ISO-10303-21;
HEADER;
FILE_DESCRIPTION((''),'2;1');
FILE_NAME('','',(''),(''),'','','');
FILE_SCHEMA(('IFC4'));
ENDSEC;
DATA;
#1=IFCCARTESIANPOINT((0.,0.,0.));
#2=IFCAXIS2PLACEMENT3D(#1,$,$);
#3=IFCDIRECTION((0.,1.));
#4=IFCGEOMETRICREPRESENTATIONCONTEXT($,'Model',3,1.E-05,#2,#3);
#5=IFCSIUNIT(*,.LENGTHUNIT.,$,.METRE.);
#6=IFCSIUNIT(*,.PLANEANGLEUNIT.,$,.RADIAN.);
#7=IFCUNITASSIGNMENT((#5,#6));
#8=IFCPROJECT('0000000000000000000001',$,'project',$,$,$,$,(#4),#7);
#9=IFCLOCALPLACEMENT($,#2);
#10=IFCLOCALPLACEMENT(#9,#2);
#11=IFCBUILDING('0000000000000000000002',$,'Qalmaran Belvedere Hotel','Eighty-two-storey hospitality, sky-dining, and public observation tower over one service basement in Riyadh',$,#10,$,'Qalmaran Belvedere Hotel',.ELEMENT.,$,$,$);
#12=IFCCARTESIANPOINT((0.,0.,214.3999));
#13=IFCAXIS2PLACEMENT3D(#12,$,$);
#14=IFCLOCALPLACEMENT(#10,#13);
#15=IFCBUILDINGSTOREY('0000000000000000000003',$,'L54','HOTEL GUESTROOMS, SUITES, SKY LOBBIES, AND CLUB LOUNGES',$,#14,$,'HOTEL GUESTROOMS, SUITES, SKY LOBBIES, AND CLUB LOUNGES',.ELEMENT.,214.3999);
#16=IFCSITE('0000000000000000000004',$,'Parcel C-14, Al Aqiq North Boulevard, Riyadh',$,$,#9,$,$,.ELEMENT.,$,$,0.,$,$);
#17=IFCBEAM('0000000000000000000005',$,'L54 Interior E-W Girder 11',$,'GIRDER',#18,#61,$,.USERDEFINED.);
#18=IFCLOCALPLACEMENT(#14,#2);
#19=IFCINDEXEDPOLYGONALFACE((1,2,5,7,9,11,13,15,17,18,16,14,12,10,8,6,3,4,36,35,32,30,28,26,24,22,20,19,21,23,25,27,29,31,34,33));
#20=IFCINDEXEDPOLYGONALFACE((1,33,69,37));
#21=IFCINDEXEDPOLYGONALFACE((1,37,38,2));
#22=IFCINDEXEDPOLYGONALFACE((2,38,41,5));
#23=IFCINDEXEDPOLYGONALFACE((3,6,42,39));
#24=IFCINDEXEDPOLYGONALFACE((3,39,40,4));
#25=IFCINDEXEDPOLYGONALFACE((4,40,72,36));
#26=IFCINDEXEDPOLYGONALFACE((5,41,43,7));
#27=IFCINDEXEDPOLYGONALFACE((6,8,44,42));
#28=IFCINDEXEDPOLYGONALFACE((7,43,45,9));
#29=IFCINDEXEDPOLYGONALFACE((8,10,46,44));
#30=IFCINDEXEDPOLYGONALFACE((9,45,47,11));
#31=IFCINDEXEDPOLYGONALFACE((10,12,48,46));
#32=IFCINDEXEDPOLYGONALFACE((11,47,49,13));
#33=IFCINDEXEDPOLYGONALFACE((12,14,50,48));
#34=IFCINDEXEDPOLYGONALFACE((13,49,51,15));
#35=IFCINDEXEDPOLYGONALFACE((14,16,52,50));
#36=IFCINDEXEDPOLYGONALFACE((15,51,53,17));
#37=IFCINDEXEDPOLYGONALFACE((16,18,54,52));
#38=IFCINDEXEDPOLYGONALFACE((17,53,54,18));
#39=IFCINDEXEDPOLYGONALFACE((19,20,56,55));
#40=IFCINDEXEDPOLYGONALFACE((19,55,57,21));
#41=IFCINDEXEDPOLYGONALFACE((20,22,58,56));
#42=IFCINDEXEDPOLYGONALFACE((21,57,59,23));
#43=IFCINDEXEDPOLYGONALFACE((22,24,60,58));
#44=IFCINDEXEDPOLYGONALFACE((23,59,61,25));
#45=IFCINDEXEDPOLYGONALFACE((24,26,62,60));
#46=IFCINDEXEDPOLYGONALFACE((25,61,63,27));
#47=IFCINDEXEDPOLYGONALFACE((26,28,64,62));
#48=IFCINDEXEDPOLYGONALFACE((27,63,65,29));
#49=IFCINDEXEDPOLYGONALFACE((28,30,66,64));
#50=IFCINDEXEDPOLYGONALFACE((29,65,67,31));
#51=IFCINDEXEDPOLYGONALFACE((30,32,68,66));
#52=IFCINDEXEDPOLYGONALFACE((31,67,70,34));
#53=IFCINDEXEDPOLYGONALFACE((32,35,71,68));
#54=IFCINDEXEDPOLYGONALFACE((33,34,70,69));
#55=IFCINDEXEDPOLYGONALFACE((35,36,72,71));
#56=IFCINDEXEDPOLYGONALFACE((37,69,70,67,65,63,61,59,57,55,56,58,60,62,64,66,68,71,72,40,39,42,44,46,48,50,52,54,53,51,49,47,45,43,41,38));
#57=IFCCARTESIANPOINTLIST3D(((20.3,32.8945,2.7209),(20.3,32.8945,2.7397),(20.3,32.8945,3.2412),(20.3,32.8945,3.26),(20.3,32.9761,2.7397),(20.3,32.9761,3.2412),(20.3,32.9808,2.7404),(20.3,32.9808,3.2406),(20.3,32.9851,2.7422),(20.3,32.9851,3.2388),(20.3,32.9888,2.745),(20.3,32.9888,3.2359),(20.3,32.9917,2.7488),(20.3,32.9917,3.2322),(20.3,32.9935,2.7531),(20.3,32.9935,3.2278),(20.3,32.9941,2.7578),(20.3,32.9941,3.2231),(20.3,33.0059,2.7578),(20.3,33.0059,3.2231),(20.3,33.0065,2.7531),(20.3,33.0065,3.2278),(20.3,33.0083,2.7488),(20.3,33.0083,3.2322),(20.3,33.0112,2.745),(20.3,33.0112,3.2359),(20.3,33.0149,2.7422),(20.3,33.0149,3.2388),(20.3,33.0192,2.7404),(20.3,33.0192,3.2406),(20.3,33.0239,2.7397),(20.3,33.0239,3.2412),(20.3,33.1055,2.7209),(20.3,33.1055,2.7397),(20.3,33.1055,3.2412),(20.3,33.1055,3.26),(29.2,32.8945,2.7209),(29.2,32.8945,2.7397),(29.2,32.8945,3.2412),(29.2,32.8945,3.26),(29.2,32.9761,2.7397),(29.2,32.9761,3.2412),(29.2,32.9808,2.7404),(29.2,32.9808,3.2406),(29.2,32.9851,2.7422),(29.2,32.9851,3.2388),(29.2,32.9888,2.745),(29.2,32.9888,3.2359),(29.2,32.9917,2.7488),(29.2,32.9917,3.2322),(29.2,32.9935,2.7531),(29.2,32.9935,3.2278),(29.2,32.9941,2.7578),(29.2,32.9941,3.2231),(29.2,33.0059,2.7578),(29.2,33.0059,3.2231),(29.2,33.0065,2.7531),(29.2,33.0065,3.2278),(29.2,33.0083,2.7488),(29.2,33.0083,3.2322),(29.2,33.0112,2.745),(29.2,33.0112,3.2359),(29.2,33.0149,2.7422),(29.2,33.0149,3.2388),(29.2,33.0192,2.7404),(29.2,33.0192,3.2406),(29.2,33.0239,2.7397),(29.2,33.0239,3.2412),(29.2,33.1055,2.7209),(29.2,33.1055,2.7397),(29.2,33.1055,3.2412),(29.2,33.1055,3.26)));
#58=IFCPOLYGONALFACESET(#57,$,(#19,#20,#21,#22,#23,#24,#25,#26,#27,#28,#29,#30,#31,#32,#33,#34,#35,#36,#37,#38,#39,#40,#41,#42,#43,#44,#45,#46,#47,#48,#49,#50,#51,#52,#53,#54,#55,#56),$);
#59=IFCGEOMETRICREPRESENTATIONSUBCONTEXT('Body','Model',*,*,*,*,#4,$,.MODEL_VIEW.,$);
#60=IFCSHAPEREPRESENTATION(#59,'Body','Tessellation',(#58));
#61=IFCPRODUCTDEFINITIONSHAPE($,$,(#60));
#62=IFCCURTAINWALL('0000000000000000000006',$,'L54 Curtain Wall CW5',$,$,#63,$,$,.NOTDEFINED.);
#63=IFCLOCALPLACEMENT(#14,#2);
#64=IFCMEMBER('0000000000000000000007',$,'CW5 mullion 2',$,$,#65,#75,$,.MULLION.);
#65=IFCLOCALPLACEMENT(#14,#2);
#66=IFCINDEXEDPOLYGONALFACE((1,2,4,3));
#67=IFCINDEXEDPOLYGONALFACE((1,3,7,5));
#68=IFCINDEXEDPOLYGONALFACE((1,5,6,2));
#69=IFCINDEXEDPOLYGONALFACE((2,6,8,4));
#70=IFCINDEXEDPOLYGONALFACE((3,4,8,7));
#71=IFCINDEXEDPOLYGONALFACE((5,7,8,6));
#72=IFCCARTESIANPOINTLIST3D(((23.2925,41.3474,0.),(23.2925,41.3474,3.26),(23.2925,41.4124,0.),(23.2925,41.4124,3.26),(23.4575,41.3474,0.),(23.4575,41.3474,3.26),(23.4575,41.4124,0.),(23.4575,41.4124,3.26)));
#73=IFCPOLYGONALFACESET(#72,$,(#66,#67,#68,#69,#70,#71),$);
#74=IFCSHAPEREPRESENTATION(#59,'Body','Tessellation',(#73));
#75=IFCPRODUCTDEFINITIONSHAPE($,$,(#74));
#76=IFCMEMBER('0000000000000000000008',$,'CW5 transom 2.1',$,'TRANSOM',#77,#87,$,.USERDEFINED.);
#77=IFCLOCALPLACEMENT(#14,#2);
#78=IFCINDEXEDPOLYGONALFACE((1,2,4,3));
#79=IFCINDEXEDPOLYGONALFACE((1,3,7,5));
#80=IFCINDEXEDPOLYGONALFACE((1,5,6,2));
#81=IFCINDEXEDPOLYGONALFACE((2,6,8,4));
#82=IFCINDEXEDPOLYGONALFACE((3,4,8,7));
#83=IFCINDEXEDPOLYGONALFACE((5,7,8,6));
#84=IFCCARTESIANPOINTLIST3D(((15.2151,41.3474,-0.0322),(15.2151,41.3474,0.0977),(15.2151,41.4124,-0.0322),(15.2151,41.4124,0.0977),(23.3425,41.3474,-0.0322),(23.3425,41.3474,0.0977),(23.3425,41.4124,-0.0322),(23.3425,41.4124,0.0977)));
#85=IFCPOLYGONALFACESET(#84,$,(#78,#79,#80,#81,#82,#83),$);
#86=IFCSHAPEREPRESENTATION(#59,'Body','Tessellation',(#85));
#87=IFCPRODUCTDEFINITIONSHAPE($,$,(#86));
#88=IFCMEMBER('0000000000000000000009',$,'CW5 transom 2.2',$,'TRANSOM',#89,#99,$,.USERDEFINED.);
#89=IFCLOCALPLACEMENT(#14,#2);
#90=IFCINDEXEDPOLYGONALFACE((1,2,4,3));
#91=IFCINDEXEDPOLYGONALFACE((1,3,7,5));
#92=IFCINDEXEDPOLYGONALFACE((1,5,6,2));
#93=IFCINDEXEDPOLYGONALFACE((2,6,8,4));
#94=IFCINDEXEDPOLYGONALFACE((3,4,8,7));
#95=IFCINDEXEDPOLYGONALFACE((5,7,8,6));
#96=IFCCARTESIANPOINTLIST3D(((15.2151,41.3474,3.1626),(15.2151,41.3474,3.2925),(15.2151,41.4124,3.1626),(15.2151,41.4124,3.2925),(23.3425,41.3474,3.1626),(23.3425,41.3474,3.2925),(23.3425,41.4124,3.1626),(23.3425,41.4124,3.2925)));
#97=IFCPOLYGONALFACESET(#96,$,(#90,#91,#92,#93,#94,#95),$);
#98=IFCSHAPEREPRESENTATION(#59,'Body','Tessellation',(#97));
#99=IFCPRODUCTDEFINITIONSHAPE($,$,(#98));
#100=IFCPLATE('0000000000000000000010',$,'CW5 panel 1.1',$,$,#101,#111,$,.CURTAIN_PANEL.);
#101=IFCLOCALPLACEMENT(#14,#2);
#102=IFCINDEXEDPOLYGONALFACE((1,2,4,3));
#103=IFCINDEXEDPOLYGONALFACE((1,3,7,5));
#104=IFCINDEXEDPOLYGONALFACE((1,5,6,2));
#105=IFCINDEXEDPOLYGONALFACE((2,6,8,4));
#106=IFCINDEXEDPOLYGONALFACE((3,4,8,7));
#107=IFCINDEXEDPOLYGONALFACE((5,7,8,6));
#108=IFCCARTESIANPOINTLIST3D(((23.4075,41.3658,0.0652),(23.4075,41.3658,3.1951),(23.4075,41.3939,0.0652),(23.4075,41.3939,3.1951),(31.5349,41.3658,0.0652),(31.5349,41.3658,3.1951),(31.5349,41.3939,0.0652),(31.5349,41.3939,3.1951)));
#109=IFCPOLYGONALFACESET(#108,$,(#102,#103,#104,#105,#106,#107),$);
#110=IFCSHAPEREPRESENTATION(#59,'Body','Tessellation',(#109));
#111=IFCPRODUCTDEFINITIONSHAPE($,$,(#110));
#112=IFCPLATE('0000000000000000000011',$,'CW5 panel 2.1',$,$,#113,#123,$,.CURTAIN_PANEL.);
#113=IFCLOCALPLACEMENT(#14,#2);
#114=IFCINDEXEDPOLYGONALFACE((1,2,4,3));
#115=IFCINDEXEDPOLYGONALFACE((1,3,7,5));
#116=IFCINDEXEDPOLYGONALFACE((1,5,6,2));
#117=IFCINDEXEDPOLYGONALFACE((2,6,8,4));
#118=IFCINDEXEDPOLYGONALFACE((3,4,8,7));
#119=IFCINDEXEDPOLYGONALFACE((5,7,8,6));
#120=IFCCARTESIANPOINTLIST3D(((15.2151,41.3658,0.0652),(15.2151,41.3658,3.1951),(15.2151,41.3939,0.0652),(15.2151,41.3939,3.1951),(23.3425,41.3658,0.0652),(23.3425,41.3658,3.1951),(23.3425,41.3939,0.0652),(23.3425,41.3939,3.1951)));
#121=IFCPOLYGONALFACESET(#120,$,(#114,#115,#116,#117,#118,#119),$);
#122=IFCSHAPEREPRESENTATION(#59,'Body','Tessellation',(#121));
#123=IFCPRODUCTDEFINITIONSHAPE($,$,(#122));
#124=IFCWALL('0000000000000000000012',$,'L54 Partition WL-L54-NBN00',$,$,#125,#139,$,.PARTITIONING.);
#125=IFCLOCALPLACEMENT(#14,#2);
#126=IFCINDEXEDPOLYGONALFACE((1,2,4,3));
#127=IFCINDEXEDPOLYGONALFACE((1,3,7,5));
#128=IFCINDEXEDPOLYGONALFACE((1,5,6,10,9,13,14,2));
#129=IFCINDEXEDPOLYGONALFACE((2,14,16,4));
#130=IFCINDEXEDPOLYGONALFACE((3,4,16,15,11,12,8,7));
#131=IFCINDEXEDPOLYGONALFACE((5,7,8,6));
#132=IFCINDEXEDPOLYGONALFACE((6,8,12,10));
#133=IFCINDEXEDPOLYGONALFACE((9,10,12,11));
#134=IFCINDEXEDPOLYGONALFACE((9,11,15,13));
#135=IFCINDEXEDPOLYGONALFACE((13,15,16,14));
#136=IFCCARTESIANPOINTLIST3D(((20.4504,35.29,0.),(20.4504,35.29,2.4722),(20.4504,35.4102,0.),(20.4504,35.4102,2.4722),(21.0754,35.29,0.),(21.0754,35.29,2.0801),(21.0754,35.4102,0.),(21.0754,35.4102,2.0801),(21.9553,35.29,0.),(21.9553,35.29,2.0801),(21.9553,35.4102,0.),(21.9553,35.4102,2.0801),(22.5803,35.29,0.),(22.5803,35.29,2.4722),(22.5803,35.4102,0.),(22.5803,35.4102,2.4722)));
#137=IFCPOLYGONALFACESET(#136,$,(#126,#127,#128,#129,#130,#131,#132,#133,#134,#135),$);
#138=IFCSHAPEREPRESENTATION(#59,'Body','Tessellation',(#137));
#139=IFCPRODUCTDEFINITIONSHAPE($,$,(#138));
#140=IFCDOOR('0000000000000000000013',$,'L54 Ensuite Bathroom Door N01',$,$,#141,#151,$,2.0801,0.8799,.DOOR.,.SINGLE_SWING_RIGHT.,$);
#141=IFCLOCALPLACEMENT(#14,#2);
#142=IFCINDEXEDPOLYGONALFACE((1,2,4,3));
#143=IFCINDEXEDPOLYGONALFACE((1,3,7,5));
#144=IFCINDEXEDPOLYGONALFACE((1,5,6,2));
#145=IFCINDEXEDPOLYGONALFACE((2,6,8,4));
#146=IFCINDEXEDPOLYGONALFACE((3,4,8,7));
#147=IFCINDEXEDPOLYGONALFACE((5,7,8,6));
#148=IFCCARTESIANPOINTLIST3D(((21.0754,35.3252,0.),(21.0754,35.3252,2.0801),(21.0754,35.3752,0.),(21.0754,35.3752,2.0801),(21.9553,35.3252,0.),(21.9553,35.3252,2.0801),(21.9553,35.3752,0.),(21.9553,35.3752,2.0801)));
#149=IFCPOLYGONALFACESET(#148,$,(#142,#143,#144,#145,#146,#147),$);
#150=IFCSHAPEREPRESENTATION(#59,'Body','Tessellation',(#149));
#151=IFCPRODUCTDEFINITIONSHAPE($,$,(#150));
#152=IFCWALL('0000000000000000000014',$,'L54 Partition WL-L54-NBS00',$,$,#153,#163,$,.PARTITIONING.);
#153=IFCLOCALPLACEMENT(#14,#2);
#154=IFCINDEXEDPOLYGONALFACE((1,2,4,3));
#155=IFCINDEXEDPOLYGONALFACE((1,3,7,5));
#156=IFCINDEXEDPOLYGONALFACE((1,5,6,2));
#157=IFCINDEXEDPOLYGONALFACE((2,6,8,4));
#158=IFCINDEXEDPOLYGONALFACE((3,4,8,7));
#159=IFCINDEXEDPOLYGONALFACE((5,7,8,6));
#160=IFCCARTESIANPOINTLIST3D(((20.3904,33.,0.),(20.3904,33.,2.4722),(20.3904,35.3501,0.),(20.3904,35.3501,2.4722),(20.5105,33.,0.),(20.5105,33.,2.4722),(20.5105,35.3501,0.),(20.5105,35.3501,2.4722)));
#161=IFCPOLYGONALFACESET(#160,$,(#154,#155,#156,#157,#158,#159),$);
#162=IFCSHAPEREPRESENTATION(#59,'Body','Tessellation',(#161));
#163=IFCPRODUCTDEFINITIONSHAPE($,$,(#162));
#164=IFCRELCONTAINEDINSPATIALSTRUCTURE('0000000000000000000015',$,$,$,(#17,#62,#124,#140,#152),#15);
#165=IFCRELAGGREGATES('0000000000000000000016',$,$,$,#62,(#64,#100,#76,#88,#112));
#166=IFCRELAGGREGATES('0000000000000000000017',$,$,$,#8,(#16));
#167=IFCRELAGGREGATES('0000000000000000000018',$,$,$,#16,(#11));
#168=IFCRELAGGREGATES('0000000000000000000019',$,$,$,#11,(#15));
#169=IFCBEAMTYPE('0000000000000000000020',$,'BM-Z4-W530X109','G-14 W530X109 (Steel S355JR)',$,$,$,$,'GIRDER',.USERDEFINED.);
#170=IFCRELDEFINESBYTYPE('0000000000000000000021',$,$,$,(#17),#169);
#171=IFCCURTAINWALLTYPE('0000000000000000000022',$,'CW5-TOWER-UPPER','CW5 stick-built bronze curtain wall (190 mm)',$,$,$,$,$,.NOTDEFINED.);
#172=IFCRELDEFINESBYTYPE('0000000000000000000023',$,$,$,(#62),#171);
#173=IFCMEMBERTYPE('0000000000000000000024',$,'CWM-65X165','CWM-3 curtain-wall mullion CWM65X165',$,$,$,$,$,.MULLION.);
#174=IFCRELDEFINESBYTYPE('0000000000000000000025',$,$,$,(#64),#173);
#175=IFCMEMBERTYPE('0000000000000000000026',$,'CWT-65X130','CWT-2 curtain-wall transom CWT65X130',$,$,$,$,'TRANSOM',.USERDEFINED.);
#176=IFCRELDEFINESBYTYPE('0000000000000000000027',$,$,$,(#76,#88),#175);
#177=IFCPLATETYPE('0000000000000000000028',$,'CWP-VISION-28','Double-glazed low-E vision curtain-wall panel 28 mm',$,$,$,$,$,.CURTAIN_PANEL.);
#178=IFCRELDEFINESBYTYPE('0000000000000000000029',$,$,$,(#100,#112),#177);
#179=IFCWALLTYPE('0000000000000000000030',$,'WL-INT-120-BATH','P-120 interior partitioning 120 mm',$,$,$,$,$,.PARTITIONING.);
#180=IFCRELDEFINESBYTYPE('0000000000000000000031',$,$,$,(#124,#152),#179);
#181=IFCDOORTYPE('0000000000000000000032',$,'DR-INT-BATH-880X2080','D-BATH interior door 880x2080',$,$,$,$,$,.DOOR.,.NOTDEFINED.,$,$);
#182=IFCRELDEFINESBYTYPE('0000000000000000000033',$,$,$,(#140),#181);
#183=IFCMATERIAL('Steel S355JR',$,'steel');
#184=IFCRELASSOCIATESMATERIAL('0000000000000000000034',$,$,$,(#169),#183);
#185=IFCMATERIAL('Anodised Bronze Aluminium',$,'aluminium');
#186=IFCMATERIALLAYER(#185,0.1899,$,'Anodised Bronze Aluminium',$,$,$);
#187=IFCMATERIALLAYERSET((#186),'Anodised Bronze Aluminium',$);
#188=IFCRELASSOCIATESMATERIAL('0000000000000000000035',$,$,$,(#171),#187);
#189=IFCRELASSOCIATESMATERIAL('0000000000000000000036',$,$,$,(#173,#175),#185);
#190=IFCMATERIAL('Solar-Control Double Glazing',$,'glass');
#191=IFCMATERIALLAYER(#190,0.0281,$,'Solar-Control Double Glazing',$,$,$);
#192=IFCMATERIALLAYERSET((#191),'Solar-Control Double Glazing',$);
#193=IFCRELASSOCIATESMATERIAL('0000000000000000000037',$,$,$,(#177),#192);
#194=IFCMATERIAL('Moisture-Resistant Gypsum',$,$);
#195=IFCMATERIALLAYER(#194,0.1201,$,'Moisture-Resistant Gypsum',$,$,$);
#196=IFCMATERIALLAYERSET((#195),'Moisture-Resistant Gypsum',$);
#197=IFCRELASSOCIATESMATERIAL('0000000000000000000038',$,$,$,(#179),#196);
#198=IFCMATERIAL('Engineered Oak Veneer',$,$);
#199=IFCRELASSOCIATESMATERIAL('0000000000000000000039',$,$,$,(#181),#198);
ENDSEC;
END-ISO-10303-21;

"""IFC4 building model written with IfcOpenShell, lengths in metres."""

from ifc_helpers import new_model, si_unit, direction, frame, frame_2d, origin, origin_2d, place, context, subcontext, project, spatial, rectangle, i_section, extrude, material, layer, layer_set, material_profile, profile_set, type_object, element, fill, aggregate, save


model = new_model("IFC4")

# Units and contexts
model_context = context("Model", 3, precision=1e-05, world=origin(), true_north=direction((0.0, 1.0)))
body_context = subcontext(model_context, "Body", "Model", "MODEL_VIEW")
ifc_project = project(units=[si_unit("LENGTHUNIT", "METRE"), si_unit("PLANEANGLEUNIT", "RADIAN")], contexts=[model_context])

# Site, building, storey
site_placement = place(None, origin())
site = spatial("IfcSite", under=ifc_project, at=site_placement, Name="Parcel C-14, Al Aqiq North Boulevard, Riyadh", CompositionType="ELEMENT", RefElevation=0.0)
building_placement = place(site_placement, origin())
building = spatial("IfcBuilding", under=site, at=building_placement, Name="Qalmaran Belvedere Hotel", Description="Eighty-two-storey hospitality, sky-dining, and public observation tower over one service basement in Riyadh", LongName="Qalmaran Belvedere Hotel", CompositionType="ELEMENT")
storey_placement = place(building_placement, frame((0.0, 0.0, 214.3999)))
storey = spatial("IfcBuildingStorey", under=building, at=storey_placement, Name="L54", Description="HOTEL GUESTROOMS, SUITES, SKY LOBBIES, AND CLUB LOUNGES", LongName="HOTEL GUESTROOMS, SUITES, SKY LOBBIES, AND CLUB LOUNGES", CompositionType="ELEMENT", Elevation=214.3999)

# Beam
ifc_material_1 = material(Name="Steel S355JR", Category="steel")
ifc_material_profile_1 = material_profile(ifc_material_1, i_section(OverallWidth=0.2109, OverallDepth=0.5391, WebThickness=0.0117, FlangeThickness=0.0188, FilletRadius=0.0181, at=origin_2d()), Name="W530X109")
ifc_profile_set_1 = profile_set([ifc_material_profile_1], Name="Steel S355JR")
beam_type_1 = type_object("IfcBeamType", Name="BM-Z4-W530X109", Description="G-14 W530X109 (Steel S355JR)", ElementType="GIRDER", PredefinedType="USERDEFINED", material=ifc_profile_set_1)
beam_1_placement = place(storey_placement, frame((20.3, 33.0, 2.9905), z_axis=(1.0, 0.0, 0.0), x_axis=(0.0, 1.0, 0.0)))
element("IfcBeam", 1, at=beam_1_placement, inside=storey, type_object=beam_type_1, Name="L54 Interior E-W Girder 11", ObjectType="GIRDER", PredefinedType="USERDEFINED", context=body_context, shape_type="SweptSolid", body=[
    extrude(i_section(OverallWidth=0.2109, OverallDepth=0.5391, WebThickness=0.0117, FlangeThickness=0.0188, FilletRadius=0.0181, at=origin_2d()), origin(), (0.0, 0.0, 1.0), 8.8999),
])

# Curtain wall, members, plates
ifc_material_2 = material(Name="Anodised Bronze Aluminium", Category="aluminium")
ifc_layer_1 = layer(ifc_material_2, 0.1899, Name="Anodised Bronze Aluminium")
ifc_layer_set_1 = layer_set([ifc_layer_1], Name="Anodised Bronze Aluminium")
curtain_wall_type = type_object("IfcCurtainWallType", Name="CW5-TOWER-UPPER", Description="CW5 stick-built bronze curtain wall (190 mm)", PredefinedType="NOTDEFINED", material=ifc_layer_set_1)
curtain_wall_placement = place(storey_placement, origin())
curtain_wall = element("IfcCurtainWall", 2, at=curtain_wall_placement, inside=storey, type_object=curtain_wall_type, Name="L54 Curtain Wall CW5", PredefinedType="NOTDEFINED")
ifc_material_profile_2 = material_profile(ifc_material_2, rectangle(XDim=0.0649, YDim=0.165, at=origin_2d()), Name="CWM65X165")
ifc_profile_set_2 = profile_set([ifc_material_profile_2], Name="Anodised Bronze Aluminium")
member_type_1 = type_object("IfcMemberType", Name="CWM-65X165", Description="CWM-3 curtain-wall mullion CWM65X165", PredefinedType="MULLION", material=ifc_profile_set_2)
member_1_placement = place(storey_placement, frame((23.375, 41.3799, 0.0), z_axis=(0.0, 0.0, 1.0), x_axis=(0.0, -1.0, 0.0)))
member_1 = element("IfcMember", 3, at=member_1_placement, type_object=member_type_1, Name="CW5 mullion 2", PredefinedType="MULLION", context=body_context, shape_type="SweptSolid", body=[
    extrude(rectangle(XDim=0.0649, YDim=0.165, at=origin_2d()), origin(), (0.0, 0.0, 1.0), 3.26),
])
ifc_material_profile_3 = material_profile(ifc_material_2, rectangle(XDim=0.0649, YDim=0.1299, at=origin_2d()), Name="CWT65X130")
ifc_profile_set_3 = profile_set([ifc_material_profile_3], Name="Anodised Bronze Aluminium")
member_type_2 = type_object("IfcMemberType", Name="CWT-65X130", Description="CWT-2 curtain-wall transom CWT65X130", ElementType="TRANSOM", PredefinedType="USERDEFINED", material=ifc_profile_set_3)
member_2_placement = place(storey_placement, frame((23.3425, 41.3799, 0.0327), z_axis=(-1.0, 0.0, 0.0), x_axis=(0.0, -1.0, 0.0)))
member_2 = element("IfcMember", 4, at=member_2_placement, type_object=member_type_2, Name="CW5 transom 2.1", ObjectType="TRANSOM", PredefinedType="USERDEFINED", context=body_context, shape_type="SweptSolid", body=[
    extrude(rectangle(XDim=0.0649, YDim=0.1299, at=origin_2d()), origin(), (0.0, 0.0, 1.0), 8.1274),
])
member_3_placement = place(storey_placement, frame((23.3425, 41.3799, 3.2275), z_axis=(-1.0, 0.0, 0.0), x_axis=(0.0, -1.0, 0.0)))
member_3 = element("IfcMember", 5, at=member_3_placement, type_object=member_type_2, Name="CW5 transom 2.2", ObjectType="TRANSOM", PredefinedType="USERDEFINED", context=body_context, shape_type="SweptSolid", body=[
    extrude(rectangle(XDim=0.0649, YDim=0.1299, at=origin_2d()), origin(), (0.0, 0.0, 1.0), 8.1274),
])
ifc_material_3 = material(Name="Solar-Control Double Glazing", Category="glass")
ifc_layer_2 = layer(ifc_material_3, 0.0281, Name="Solar-Control Double Glazing")
ifc_layer_set_2 = layer_set([ifc_layer_2], Name="Solar-Control Double Glazing")
plate_type = type_object("IfcPlateType", Name="CWP-VISION-28", Description="Double-glazed low-E vision curtain-wall panel 28 mm", PredefinedType="CURTAIN_PANEL", material=ifc_layer_set_2)
plate_1_placement = place(storey_placement, frame((27.4712, 41.3799, 0.0652), z_axis=(0.0, 0.0, 1.0), x_axis=(-1.0, 0.0, 0.0)))
plate_1 = element("IfcPlate", 6, at=plate_1_placement, type_object=plate_type, Name="CW5 panel 1.1", PredefinedType="CURTAIN_PANEL", context=body_context, shape_type="SweptSolid", body=[
    extrude(rectangle(XDim=8.1274, YDim=0.0281, at=origin_2d()), origin(), (0.0, 0.0, 1.0), 3.1299),
])
plate_2_placement = place(storey_placement, frame((19.2788, 41.3799, 0.0652), z_axis=(0.0, 0.0, 1.0), x_axis=(-1.0, 0.0, 0.0)))
plate_2 = element("IfcPlate", 7, at=plate_2_placement, type_object=plate_type, Name="CW5 panel 2.1", PredefinedType="CURTAIN_PANEL", context=body_context, shape_type="SweptSolid", body=[
    extrude(rectangle(XDim=8.1274, YDim=0.0281, at=origin_2d()), origin(), (0.0, 0.0, 1.0), 3.1299),
])
aggregate(curtain_wall, [member_1, plate_1, member_2, member_3, plate_2])

# Wall, opening, door
ifc_material_4 = material(Name="Moisture-Resistant Gypsum")
ifc_layer_3 = layer(ifc_material_4, 0.1201, Name="Moisture-Resistant Gypsum")
ifc_layer_set_3 = layer_set([ifc_layer_3], Name="Moisture-Resistant Gypsum")
wall_type_1 = type_object("IfcWallType", Name="WL-INT-120-BATH", Description="P-120 interior partitioning 120 mm", PredefinedType="PARTITIONING", material=ifc_layer_set_3)
wall_1_placement = place(storey_placement, frame((20.4504, 35.3501, 0.0), z_axis=(0.0, 0.0, 1.0), x_axis=(1.0, 0.0, 0.0)))
wall_1 = element("IfcWall", 8, at=wall_1_placement, inside=storey, type_object=wall_type_1, Name="L54 Partition WL-L54-NBN00", PredefinedType="PARTITIONING", context=body_context, shape_type="SweptSolid", body=[
    extrude(rectangle(XDim=2.1299, YDim=0.1201, at=frame_2d((1.0649, 0.0))), origin(), (0.0, 0.0, 1.0), 2.4722),
])
opening_1_placement = place(wall_1_placement, frame((1.5049, 0.0, 0.0), z_axis=(0.0, 0.0, 1.0), x_axis=(-1.0, 0.0, 0.0)))
opening_1 = element("IfcOpeningElement", 9, at=opening_1_placement, cuts=wall_1, PredefinedType="OPENING", context=body_context, shape_type="SweptSolid", body=[
    extrude(rectangle(XDim=0.8799, YDim=2.0801, at=frame_2d((0.4399, 1.04))), frame((0.0, 0.0701, 0.0), z_axis=(0.0, -1.0, 0.0), x_axis=(1.0, 0.0, 0.0)), (0.0, 0.0, 1.0), 0.1401),
])
ifc_material_5 = material(Name="Engineered Oak Veneer")
door_type_1 = type_object("IfcDoorType", Name="DR-INT-BATH-880X2080", Description="D-BATH interior door 880x2080", OperationType="NOTDEFINED", PredefinedType="DOOR", material=ifc_material_5)
door_1_placement = place(opening_1_placement, origin())
door_1 = element("IfcDoor", 10, at=door_1_placement, inside=storey, type_object=door_type_1, Name="L54 Ensuite Bathroom Door N01", OperationType="SINGLE_SWING_RIGHT", OverallHeight=2.0801, OverallWidth=0.8799, PredefinedType="DOOR", context=body_context, shape_type="SweptSolid", body=[
    extrude(rectangle(XDim=0.8799, YDim=2.0801, at=frame_2d((0.4399, 1.04))), frame((0.0, 0.0249, 0.0), z_axis=(0.0, -1.0, 0.0), x_axis=(1.0, 0.0, 0.0)), (0.0, 0.0, 1.0), 0.05),
])
fill(opening_1, door_1)

# Wall
wall_2_placement = place(storey_placement, frame((20.4504, 33.0, 0.0), z_axis=(0.0, 0.0, 1.0), x_axis=(0.0, 1.0, 0.0)))
element("IfcWall", 11, at=wall_2_placement, inside=storey, type_object=wall_type_1, Name="L54 Partition WL-L54-NBS00", PredefinedType="PARTITIONING", context=body_context, shape_type="SweptSolid", body=[
    extrude(rectangle(XDim=2.3501, YDim=0.1201, at=frame_2d((1.175, 0.0))), origin(), (0.0, 0.0, 1.0), 2.4722),
])

save(model, "model.ifc")
